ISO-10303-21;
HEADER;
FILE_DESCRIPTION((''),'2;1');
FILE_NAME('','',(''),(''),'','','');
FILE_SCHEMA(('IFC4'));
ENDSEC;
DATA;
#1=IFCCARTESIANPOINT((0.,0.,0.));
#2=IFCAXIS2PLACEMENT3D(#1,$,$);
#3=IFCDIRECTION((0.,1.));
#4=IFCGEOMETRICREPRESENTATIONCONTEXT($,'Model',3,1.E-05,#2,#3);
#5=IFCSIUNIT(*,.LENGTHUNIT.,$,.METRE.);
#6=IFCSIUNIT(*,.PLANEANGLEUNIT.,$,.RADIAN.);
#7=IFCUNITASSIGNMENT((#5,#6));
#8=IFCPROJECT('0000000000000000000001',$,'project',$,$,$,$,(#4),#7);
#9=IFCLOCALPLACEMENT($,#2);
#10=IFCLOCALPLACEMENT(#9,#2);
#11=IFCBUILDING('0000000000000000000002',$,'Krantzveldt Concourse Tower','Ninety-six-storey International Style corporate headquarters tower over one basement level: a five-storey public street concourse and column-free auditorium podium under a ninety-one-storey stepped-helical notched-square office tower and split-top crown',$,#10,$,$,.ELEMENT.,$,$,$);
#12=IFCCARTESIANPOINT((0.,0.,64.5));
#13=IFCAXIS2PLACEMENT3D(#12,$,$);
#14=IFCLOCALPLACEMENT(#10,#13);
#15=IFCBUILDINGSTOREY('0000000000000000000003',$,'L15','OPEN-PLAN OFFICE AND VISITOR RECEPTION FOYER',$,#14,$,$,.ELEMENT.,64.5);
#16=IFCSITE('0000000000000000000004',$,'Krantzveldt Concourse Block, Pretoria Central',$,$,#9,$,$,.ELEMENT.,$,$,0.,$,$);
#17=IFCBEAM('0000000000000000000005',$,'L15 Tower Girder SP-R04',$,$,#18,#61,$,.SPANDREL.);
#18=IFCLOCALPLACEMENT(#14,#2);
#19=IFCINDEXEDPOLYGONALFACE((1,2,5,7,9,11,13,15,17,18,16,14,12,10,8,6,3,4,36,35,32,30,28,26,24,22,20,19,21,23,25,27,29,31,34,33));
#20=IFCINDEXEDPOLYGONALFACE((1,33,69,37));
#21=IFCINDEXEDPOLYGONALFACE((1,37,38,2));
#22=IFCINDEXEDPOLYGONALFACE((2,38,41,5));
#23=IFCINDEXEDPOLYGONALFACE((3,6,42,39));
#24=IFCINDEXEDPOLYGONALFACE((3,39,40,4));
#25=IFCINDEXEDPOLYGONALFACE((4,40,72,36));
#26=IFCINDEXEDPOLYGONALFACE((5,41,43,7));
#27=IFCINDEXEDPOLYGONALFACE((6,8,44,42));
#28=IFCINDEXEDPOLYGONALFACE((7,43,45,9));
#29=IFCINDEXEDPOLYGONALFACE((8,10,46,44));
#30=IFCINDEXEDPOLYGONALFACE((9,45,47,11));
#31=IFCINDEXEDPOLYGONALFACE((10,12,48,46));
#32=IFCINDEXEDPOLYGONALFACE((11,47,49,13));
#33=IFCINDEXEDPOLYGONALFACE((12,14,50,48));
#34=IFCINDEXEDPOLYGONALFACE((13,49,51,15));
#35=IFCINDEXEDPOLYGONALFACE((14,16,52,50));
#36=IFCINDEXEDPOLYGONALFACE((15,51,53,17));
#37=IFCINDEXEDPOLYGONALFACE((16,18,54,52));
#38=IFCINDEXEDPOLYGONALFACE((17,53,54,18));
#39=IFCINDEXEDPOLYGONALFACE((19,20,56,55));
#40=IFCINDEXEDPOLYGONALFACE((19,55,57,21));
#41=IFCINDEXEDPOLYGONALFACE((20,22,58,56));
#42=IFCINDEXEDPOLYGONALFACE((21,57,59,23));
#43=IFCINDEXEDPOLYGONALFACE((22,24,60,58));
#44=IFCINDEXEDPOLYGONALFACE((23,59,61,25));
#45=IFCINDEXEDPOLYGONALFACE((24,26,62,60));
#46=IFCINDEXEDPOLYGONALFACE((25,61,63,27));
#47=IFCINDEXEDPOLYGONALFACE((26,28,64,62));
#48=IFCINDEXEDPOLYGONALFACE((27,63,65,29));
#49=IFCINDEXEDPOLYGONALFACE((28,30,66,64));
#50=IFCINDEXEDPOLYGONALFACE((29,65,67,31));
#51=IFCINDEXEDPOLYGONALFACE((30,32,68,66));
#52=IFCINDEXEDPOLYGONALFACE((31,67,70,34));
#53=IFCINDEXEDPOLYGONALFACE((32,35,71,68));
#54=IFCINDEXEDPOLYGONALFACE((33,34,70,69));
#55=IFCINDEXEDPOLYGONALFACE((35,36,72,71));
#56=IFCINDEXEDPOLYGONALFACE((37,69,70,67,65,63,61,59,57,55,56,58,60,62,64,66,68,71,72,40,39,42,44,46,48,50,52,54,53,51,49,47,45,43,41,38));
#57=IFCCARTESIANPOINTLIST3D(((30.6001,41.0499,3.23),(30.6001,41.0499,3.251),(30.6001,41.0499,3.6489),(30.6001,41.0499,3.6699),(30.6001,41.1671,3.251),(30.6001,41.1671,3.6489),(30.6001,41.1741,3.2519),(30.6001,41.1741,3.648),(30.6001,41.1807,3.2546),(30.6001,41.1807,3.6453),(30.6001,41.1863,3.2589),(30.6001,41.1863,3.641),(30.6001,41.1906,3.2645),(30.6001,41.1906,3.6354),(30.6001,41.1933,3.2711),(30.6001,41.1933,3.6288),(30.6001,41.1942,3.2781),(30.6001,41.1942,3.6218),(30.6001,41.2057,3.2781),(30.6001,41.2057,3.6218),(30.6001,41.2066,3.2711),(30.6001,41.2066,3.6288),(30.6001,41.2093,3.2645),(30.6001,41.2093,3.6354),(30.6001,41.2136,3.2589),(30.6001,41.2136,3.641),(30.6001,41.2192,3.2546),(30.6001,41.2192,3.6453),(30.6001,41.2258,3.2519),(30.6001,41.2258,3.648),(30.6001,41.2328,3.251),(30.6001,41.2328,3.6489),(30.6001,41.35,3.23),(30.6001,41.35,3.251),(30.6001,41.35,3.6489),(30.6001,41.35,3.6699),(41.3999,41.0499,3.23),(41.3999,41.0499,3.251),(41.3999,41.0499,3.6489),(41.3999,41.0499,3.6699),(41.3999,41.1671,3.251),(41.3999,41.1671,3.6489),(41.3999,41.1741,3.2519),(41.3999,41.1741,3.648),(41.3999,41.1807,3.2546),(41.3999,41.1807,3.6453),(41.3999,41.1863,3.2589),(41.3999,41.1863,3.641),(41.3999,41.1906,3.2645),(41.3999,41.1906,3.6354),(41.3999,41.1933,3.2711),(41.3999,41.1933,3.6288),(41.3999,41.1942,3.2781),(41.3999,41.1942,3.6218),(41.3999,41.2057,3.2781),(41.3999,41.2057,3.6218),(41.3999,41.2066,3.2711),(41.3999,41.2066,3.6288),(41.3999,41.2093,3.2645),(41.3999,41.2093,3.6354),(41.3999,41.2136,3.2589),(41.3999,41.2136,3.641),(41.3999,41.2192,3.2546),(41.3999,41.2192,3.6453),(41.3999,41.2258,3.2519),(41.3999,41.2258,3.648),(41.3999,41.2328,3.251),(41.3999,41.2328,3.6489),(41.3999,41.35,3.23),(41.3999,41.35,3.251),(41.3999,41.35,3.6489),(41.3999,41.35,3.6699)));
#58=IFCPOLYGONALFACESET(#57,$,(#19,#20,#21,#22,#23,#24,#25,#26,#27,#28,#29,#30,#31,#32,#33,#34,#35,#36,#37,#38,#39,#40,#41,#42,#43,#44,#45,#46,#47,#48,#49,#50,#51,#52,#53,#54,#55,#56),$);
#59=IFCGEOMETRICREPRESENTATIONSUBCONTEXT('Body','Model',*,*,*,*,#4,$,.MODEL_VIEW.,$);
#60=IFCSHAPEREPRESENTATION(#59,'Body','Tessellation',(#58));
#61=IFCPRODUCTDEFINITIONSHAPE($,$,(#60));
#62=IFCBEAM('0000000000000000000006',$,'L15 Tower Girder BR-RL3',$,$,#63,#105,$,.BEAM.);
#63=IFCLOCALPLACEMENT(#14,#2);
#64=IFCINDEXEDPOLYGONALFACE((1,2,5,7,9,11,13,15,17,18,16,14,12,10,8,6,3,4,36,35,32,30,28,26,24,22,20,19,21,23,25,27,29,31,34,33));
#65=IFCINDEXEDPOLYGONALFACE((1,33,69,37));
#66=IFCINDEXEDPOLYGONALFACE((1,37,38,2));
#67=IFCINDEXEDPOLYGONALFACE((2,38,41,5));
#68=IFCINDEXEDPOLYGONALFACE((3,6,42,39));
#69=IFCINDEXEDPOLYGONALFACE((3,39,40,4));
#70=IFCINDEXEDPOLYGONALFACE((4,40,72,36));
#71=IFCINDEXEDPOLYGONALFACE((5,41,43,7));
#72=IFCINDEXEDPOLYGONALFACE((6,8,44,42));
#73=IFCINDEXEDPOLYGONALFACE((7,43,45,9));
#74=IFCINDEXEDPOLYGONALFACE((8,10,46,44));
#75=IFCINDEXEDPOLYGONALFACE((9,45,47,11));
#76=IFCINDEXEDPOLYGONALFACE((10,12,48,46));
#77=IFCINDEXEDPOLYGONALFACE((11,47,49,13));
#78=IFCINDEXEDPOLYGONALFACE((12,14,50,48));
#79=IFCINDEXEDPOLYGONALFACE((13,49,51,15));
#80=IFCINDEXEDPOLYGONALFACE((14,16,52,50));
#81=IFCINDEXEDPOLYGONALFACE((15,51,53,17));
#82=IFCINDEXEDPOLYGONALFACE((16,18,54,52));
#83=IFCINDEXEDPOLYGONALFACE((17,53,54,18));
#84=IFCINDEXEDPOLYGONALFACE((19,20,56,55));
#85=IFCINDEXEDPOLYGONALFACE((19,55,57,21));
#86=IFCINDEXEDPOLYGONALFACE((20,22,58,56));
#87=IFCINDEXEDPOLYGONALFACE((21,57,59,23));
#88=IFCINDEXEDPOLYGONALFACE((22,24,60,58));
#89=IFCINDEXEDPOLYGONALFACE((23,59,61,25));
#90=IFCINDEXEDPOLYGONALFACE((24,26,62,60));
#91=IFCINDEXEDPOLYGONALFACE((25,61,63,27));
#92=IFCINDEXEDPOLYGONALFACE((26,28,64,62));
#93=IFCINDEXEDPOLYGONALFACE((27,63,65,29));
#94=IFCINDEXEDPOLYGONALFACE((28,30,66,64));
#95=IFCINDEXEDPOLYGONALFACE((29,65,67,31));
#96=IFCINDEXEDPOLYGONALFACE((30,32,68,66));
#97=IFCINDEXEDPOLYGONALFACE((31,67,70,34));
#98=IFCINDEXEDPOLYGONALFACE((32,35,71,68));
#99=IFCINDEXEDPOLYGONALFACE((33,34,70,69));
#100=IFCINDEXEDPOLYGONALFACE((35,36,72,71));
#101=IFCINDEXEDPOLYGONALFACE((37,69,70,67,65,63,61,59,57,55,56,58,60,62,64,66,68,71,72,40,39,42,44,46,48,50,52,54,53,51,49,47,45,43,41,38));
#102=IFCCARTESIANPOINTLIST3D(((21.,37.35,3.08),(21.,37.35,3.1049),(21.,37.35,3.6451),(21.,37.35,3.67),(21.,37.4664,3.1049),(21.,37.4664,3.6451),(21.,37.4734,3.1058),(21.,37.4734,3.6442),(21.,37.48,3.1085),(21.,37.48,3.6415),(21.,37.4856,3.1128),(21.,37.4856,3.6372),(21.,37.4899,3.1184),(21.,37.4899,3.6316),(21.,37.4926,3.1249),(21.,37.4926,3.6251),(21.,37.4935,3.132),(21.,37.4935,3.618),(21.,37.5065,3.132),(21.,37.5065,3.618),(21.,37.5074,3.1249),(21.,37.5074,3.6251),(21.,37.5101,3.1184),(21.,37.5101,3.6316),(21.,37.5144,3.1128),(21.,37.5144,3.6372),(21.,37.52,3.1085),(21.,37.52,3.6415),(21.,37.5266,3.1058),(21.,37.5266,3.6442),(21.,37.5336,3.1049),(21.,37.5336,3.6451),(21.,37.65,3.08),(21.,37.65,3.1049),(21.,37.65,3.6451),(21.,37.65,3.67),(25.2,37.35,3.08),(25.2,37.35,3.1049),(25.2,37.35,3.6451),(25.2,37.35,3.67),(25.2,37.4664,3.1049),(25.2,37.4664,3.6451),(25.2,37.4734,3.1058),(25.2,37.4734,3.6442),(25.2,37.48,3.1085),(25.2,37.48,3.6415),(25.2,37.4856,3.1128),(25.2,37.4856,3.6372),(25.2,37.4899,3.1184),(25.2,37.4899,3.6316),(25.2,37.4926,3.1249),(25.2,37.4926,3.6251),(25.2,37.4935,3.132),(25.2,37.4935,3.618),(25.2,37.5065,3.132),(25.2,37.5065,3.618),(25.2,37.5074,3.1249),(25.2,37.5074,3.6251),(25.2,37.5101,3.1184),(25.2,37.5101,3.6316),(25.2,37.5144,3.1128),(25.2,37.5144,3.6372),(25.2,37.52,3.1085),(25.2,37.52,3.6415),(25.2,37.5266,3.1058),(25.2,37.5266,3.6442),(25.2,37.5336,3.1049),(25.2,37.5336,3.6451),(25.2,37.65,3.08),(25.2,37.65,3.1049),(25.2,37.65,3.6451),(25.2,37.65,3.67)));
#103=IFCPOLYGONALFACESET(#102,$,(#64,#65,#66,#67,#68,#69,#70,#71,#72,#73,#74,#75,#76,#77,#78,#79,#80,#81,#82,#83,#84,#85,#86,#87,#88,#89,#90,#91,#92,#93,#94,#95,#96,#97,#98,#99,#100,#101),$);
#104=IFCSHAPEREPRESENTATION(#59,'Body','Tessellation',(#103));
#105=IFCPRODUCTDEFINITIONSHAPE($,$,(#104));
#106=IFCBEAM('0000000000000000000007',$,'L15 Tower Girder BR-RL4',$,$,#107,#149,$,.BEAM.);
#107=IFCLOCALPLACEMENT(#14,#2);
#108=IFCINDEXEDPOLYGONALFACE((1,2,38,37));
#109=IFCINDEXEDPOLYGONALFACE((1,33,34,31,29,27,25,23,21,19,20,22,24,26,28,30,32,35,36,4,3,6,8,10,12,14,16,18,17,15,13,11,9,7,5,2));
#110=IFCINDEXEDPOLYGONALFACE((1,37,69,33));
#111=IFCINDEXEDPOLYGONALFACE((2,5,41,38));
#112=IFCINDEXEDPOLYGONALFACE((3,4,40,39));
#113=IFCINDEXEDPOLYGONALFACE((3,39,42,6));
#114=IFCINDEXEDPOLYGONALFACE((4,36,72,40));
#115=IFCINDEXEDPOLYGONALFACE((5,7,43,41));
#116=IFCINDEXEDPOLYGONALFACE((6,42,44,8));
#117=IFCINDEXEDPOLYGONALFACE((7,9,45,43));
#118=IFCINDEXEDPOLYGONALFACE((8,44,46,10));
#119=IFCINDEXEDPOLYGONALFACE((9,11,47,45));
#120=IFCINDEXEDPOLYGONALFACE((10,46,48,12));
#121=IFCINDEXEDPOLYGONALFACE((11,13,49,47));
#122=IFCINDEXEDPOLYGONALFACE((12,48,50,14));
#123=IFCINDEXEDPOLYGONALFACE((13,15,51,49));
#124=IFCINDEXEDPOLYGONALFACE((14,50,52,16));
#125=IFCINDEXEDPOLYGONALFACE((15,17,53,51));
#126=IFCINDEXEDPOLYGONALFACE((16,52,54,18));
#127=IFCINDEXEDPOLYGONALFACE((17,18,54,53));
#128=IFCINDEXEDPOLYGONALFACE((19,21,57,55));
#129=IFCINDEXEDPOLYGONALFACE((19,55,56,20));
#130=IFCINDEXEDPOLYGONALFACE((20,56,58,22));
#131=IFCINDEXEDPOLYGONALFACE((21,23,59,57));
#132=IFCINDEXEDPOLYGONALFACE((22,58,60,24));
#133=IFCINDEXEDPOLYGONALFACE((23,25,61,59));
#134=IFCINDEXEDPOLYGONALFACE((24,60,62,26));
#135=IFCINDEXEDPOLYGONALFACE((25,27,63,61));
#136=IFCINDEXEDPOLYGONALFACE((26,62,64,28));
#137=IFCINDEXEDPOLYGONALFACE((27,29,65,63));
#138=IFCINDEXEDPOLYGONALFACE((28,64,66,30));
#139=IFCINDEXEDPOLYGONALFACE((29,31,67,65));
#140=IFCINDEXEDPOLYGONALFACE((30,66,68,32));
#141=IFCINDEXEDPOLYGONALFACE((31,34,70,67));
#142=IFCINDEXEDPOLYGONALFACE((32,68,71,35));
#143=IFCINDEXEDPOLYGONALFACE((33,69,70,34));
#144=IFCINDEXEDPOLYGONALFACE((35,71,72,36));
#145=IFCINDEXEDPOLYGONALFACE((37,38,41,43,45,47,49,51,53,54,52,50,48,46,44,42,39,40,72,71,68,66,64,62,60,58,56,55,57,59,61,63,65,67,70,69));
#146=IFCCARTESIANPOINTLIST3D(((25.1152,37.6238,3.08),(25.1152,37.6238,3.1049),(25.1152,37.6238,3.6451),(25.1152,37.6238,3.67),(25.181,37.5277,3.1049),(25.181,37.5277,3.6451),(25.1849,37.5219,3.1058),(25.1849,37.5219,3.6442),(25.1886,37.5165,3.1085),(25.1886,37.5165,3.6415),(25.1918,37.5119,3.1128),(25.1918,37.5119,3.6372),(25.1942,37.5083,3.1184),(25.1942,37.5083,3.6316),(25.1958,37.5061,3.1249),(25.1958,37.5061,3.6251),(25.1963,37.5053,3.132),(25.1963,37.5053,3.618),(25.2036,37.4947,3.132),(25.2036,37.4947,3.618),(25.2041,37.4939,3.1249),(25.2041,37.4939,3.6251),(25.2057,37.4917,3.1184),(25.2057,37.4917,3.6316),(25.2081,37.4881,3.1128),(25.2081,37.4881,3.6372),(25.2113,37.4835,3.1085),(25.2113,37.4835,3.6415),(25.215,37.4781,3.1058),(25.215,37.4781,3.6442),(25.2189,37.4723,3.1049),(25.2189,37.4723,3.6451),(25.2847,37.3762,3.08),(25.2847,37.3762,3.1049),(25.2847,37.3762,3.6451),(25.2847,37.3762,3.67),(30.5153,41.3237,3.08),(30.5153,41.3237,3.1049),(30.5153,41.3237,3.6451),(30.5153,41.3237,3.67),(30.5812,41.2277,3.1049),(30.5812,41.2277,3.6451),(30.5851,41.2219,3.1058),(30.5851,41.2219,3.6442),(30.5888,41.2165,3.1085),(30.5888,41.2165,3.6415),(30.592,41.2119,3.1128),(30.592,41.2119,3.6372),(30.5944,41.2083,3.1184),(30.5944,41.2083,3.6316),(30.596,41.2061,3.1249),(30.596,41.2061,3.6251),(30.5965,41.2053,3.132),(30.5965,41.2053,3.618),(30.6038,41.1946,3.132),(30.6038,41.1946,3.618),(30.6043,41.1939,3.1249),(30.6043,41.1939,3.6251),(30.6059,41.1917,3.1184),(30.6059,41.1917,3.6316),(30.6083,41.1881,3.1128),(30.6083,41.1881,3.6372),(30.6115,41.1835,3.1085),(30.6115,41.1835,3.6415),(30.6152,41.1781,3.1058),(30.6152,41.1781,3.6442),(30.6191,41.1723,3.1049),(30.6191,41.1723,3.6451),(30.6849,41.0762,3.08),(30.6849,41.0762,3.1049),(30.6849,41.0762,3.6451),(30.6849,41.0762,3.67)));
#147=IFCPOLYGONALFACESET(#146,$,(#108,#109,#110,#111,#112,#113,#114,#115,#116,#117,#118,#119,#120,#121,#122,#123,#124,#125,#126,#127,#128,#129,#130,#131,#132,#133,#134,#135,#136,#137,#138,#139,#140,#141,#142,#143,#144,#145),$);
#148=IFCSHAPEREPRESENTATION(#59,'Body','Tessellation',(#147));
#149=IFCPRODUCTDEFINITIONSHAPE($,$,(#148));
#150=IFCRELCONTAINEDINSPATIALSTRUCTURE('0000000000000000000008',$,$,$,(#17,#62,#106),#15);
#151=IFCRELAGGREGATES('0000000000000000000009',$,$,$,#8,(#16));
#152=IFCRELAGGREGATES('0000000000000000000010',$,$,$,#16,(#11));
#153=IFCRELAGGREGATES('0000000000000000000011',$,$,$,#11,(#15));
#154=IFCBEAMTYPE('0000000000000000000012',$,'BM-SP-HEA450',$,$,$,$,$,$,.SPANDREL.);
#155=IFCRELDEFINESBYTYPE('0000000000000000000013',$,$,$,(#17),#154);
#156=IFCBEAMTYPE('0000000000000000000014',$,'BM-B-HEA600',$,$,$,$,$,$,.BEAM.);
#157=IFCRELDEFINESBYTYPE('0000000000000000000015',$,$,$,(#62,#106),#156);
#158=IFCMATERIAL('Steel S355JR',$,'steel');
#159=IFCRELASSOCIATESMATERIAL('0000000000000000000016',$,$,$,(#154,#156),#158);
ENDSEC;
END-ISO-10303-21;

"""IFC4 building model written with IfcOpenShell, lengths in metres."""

from ifc_helpers import new_model, si_unit, direction, frame, origin, origin_2d, place, context, subcontext, project, spatial, i_section, extrude, source, transform, mapped, material, material_profile, profile_set, type_object, type_shapes, element, save


model = new_model("IFC4")

# Units and contexts
model_context = context("Model", 3, precision=1e-05, world=origin(), true_north=direction((0.0, 1.0)))
body_context = subcontext(model_context, "Body", "Model", "MODEL_VIEW")
ifc_project = project(units=[si_unit("LENGTHUNIT", "METRE"), si_unit("PLANEANGLEUNIT", "RADIAN")], contexts=[model_context])

# Site, building, storey
site_placement = place(None, origin())
site = spatial("IfcSite", under=ifc_project, at=site_placement, Name="Krantzveldt Concourse Block, Pretoria Central", CompositionType="ELEMENT", RefElevation=0.0)
building_placement = place(site_placement, origin())
building = spatial("IfcBuilding", under=site, at=building_placement, Name="Krantzveldt Concourse Tower", Description="Ninety-six-storey International Style corporate headquarters tower over one basement level: a five-storey public street concourse and column-free auditorium podium under a ninety-one-storey stepped-helical notched-square office tower and split-top crown", CompositionType="ELEMENT")
storey_placement = place(building_placement, frame((0.0, 0.0, 64.5)))
storey = spatial("IfcBuildingStorey", under=building, at=storey_placement, Name="L15", Description="OPEN-PLAN OFFICE AND VISITOR RECEPTION FOYER", CompositionType="ELEMENT", Elevation=64.5)

# Beams
ifc_material_1 = material(Name="Steel S355JR", Category="steel")
ifc_material_profile_1 = material_profile(ifc_material_1, i_section(OverallWidth=0.3, OverallDepth=0.4399, WebThickness=0.0115, FlangeThickness=0.021, FilletRadius=0.0271, at=origin_2d()), Name="Steel S355JR", Category="steel")
ifc_profile_set_1 = profile_set([ifc_material_profile_1], Name="Steel S355JR - HEA 450")
beam_type_1 = type_object("IfcBeamType", Name="BM-SP-HEA450", PredefinedType="SPANDREL", material=ifc_profile_set_1)
shared_shape_1 = source(origin(), body_context, "Body", "SweptSolid", [
    extrude(i_section(OverallWidth=0.3, OverallDepth=0.4399, WebThickness=0.0115, FlangeThickness=0.021, FilletRadius=0.0271, at=origin_2d()), origin(), (0.0, 0.0, 1.0), 10.7998),
])
beam_1_placement = place(storey_placement, frame((30.6001, 41.2, 3.45), z_axis=(1.0, 0.0, 0.0), x_axis=(0.0, 1.0, 0.0)))
element("IfcBeam", 1, at=beam_1_placement, inside=storey, type_object=beam_type_1, Name="L15 Tower Girder SP-R04", PredefinedType="SPANDREL", context=body_context, shape_type="MappedRepresentation", body=[
    mapped(shared_shape_1, transform((0.0, 0.0, 0.0), x_axis=(1.0, 0.0, 0.0), y_axis=(0.0, 1.0, 0.0), z_axis=(0.0, 0.0, 1.0), scale=1.0)),
])
ifc_material_profile_2 = material_profile(ifc_material_1, i_section(OverallWidth=0.3, OverallDepth=0.5901, WebThickness=0.0129, FlangeThickness=0.0249, FilletRadius=0.0271, at=origin_2d()), Name="Steel S355JR", Category="steel")
ifc_profile_set_2 = profile_set([ifc_material_profile_2], Name="Steel S355JR - HEA 600")
beam_type_2 = type_object("IfcBeamType", Name="BM-B-HEA600", PredefinedType="BEAM", material=ifc_profile_set_2)
shared_shape_2 = source(origin(), body_context, "Body", "SweptSolid", [
    extrude(i_section(OverallWidth=0.3, OverallDepth=0.5901, WebThickness=0.0129, FlangeThickness=0.0249, FilletRadius=0.0271, at=origin_2d()), origin(), (0.0, 0.0, 1.0), 4.2),
])
beam_2_placement = place(storey_placement, frame((21.0, 37.5, 3.375), z_axis=(1.0, 0.0, 0.0), x_axis=(0.0, 1.0, 0.0)))
element("IfcBeam", 2, at=beam_2_placement, inside=storey, type_object=beam_type_2, Name="L15 Tower Girder BR-RL3", PredefinedType="BEAM", context=body_context, shape_type="MappedRepresentation", body=[
    mapped(shared_shape_2, transform((0.0, 0.0, 0.0), x_axis=(1.0, 0.0, 0.0), y_axis=(0.0, 1.0, 0.0), z_axis=(0.0, 0.0, 1.0), scale=1.0)),
])
shared_shape_3 = source(origin(), body_context, "Body", "SweptSolid", [
    extrude(i_section(OverallWidth=0.3, OverallDepth=0.5901, WebThickness=0.0129, FlangeThickness=0.0249, FilletRadius=0.0271, at=origin_2d()), origin(), (0.0, 0.0, 1.0), 6.5461),
])
type_shapes(beam_type_2, [shared_shape_2, shared_shape_3])
beam_3_placement = place(storey_placement, frame((25.2, 37.5, 3.375), z_axis=(0.824943, 0.565216, 0.0), x_axis=(-0.565216, 0.824943, 0.0)))
element("IfcBeam", 3, at=beam_3_placement, inside=storey, type_object=beam_type_2, Name="L15 Tower Girder BR-RL4", PredefinedType="BEAM", context=body_context, shape_type="MappedRepresentation", body=[
    mapped(shared_shape_3, transform((0.0, 0.0, 0.0), x_axis=(1.0, 0.0, 0.0), y_axis=(0.0, 1.0, 0.0), z_axis=(0.0, 0.0, 1.0), scale=1.0)),
])

save(model, "model.ifc")
